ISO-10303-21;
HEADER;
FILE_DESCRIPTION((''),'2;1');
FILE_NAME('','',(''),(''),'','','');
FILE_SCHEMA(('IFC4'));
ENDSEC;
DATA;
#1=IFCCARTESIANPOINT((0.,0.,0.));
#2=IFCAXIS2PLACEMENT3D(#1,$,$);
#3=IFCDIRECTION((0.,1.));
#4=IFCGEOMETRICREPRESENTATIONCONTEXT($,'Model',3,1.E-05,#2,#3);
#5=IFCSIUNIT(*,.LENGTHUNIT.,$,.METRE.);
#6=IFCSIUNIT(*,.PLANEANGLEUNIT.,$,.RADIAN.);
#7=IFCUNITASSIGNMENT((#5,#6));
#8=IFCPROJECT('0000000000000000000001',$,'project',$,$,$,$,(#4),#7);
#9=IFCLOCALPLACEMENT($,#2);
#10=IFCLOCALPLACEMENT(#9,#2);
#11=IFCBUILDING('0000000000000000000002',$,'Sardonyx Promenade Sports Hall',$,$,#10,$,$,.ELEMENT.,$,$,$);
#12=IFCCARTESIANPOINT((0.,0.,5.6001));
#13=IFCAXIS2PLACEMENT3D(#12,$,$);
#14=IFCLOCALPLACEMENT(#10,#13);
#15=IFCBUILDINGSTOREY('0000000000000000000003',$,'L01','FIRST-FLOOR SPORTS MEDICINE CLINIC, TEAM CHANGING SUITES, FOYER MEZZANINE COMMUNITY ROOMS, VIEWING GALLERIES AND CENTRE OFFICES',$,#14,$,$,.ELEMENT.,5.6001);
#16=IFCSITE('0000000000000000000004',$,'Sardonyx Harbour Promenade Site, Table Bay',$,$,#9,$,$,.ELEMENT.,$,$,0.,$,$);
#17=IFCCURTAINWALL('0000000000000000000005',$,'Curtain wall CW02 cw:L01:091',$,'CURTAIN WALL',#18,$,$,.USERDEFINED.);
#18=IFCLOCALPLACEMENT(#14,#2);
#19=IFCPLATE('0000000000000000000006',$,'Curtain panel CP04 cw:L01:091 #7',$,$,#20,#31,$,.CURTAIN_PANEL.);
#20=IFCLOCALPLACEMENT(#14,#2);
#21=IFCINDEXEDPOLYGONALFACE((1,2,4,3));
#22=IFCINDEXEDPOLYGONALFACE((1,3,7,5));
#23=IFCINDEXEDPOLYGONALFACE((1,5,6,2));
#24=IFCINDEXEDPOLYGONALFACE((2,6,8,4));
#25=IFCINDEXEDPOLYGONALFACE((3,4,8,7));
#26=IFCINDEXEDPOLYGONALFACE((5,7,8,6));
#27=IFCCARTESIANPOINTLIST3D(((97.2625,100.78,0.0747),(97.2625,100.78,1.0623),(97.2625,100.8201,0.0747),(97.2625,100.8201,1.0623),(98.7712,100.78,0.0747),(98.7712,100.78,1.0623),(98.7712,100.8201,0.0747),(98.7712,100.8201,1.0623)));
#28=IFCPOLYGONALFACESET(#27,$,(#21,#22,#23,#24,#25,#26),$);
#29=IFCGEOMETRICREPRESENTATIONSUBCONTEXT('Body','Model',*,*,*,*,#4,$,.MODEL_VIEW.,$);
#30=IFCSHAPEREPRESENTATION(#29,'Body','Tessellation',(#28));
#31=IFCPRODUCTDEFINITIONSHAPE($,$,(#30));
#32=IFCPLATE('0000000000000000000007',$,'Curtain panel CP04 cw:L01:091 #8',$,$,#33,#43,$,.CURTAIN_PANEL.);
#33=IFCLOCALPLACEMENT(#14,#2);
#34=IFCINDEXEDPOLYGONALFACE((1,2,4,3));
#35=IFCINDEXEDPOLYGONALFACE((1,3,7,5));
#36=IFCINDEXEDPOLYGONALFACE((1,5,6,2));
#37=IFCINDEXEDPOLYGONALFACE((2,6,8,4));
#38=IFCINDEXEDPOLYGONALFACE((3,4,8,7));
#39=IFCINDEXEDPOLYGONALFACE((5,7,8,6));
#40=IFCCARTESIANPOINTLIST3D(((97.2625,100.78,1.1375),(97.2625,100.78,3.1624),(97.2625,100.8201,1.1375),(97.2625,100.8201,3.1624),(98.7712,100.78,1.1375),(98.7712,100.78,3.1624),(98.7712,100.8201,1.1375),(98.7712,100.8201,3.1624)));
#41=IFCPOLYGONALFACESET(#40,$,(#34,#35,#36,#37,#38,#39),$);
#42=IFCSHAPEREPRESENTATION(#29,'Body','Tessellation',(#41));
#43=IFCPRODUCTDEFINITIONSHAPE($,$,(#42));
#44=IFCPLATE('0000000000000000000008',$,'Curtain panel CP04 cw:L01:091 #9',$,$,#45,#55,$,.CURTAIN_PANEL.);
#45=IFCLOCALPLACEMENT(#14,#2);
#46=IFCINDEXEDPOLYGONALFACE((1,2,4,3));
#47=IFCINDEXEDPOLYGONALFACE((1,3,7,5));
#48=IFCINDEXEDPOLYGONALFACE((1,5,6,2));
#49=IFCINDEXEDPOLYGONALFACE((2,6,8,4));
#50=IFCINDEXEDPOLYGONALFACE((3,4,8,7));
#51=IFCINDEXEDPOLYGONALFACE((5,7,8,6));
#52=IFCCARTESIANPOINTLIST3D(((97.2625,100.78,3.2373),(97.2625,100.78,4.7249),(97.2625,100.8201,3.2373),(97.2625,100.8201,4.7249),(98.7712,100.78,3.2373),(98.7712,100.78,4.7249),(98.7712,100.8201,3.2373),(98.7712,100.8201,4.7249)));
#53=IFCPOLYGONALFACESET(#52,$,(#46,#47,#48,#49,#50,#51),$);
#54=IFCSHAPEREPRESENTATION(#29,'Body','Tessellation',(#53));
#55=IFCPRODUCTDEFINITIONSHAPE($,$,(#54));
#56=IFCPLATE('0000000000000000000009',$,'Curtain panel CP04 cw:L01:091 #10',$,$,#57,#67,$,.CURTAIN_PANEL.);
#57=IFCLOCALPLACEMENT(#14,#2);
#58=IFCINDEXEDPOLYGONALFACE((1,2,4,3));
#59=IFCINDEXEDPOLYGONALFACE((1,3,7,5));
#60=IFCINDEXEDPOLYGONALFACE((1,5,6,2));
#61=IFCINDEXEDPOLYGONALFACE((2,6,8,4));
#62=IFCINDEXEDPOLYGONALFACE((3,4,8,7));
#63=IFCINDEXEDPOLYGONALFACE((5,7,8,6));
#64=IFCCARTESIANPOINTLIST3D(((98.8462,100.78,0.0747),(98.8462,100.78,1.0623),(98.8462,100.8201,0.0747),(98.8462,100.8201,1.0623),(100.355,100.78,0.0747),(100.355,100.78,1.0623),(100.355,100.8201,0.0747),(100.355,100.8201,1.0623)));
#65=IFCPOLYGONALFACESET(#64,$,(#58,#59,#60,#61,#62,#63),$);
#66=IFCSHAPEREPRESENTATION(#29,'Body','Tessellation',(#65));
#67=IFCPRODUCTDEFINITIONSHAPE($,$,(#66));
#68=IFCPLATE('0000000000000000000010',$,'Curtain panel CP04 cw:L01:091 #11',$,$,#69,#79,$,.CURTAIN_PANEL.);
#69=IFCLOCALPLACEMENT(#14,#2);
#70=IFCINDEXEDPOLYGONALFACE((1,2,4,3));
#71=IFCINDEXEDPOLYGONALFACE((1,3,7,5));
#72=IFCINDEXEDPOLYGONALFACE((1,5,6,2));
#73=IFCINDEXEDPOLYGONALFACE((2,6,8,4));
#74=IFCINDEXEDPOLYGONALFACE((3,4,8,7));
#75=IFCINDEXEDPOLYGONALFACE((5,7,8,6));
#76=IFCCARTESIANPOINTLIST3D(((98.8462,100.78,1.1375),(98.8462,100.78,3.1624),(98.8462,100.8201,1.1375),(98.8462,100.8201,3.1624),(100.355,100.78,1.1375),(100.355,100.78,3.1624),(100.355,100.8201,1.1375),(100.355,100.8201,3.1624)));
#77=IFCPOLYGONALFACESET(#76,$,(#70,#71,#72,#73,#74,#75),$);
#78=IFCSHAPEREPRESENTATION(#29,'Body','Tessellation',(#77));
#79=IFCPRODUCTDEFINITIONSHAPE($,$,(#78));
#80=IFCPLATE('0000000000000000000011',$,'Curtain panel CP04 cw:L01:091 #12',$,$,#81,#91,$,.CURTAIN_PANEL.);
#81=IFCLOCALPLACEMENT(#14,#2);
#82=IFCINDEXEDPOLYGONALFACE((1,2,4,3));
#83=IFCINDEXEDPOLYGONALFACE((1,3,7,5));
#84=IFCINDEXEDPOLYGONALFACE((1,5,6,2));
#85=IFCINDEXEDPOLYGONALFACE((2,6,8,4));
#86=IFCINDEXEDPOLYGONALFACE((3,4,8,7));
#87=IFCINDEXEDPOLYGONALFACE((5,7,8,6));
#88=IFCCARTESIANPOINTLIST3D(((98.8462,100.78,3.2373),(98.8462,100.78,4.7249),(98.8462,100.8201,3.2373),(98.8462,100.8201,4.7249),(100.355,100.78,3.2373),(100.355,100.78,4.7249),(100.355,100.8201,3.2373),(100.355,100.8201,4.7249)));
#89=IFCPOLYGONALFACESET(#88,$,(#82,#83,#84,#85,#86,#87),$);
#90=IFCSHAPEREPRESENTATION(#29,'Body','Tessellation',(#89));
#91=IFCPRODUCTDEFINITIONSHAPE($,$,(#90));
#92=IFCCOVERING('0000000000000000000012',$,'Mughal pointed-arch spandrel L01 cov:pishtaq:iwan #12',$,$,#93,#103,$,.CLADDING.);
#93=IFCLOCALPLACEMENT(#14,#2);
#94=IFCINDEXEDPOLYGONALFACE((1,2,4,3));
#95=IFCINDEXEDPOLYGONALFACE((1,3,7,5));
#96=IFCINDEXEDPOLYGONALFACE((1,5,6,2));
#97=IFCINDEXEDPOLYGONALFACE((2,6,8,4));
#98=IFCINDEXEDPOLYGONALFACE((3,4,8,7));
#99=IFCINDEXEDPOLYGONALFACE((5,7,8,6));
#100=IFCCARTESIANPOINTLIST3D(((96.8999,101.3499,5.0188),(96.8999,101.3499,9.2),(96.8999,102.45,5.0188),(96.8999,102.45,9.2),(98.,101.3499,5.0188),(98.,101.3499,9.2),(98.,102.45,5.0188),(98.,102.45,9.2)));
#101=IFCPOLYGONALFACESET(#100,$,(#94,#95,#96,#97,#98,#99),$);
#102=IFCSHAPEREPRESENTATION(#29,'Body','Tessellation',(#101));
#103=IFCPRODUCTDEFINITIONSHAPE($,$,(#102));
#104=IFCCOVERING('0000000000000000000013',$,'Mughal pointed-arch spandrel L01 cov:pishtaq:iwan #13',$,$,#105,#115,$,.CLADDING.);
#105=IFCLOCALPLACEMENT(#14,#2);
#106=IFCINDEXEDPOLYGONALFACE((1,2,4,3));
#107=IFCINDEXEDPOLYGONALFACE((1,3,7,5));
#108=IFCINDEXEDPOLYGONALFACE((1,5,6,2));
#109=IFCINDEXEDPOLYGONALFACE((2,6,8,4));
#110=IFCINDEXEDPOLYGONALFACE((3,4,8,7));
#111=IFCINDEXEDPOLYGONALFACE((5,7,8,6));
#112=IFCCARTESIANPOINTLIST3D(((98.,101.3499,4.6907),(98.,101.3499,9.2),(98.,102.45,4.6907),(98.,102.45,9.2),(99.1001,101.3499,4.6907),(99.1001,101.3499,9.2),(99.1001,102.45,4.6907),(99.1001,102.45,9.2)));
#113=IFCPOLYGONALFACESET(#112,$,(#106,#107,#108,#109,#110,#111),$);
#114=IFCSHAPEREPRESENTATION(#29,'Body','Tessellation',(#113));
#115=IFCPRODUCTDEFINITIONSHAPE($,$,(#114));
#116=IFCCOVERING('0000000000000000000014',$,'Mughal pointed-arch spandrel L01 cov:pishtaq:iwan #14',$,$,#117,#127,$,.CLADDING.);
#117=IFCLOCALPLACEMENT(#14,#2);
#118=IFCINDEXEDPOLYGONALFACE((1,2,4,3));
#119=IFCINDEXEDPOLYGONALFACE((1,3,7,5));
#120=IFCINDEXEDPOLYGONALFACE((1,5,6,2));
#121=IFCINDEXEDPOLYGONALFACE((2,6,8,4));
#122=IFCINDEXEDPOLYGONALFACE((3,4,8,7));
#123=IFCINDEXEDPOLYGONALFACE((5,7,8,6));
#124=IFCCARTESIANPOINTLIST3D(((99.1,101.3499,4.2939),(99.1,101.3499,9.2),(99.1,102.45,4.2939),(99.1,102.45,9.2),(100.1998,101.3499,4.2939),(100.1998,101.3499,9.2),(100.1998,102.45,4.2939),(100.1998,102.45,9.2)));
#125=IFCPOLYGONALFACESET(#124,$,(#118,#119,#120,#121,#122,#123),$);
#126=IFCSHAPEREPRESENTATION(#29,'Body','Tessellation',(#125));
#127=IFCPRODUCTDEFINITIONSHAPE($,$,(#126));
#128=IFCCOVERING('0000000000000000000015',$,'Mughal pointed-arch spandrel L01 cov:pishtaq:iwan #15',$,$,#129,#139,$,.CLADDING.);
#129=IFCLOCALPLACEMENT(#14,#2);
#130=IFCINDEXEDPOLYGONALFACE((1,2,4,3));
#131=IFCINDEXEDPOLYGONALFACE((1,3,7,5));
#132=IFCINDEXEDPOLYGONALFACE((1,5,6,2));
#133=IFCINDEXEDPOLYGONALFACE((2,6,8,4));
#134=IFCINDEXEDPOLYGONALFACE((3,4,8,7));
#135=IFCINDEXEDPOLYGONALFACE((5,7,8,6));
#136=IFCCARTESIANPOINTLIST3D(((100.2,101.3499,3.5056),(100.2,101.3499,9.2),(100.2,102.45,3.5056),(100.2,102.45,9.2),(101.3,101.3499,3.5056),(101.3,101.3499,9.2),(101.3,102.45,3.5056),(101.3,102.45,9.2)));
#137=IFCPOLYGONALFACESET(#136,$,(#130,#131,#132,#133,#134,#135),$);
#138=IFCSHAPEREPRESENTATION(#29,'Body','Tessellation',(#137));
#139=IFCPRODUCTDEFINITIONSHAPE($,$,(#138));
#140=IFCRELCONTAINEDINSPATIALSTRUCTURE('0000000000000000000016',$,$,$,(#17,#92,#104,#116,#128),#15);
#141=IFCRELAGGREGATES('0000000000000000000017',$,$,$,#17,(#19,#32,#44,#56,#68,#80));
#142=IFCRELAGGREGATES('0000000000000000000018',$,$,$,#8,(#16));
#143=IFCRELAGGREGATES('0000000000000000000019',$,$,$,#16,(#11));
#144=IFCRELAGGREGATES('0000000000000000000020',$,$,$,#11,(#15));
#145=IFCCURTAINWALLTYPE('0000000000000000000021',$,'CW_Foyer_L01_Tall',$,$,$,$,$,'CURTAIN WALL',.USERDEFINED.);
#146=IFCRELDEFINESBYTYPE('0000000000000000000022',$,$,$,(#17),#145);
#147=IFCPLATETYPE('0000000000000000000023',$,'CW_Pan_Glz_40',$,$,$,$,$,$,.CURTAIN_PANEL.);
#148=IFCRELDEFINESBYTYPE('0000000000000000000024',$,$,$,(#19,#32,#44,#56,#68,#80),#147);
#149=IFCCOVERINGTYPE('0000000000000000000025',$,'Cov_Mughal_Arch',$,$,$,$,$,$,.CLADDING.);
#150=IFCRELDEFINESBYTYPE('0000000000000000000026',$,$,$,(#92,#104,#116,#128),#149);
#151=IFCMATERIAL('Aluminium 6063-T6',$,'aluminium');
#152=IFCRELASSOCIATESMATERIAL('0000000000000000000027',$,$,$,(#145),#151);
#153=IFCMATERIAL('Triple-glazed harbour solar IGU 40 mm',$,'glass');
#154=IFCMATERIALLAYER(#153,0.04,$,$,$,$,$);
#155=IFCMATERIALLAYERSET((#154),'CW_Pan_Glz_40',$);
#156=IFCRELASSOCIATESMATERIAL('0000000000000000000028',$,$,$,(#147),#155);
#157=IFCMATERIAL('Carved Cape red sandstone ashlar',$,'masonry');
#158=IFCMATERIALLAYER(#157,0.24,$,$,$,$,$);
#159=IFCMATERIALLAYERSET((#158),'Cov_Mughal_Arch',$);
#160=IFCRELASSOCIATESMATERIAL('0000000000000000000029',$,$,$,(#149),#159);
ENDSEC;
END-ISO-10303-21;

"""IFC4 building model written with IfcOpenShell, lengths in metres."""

from ifc_helpers import new_model, si_unit, direction, frame, frame_2d, origin, origin_2d, place, context, subcontext, project, spatial, rectangle, extrude, material, layer, layer_set, type_object, element, aggregate, save


model = new_model("IFC4")

# Units and contexts
model_context = context("Model", 3, precision=1e-05, world=origin(), true_north=direction((0.0, 1.0)))
body_context = subcontext(model_context, "Body", "Model", "MODEL_VIEW")
ifc_project = project(units=[si_unit("LENGTHUNIT", "METRE"), si_unit("PLANEANGLEUNIT", "RADIAN")], contexts=[model_context])

# Site, building, storey
site_placement = place(None, origin())
site = spatial("IfcSite", under=ifc_project, at=site_placement, Name="Sardonyx Harbour Promenade Site, Table Bay", CompositionType="ELEMENT", RefElevation=0.0)
building_placement = place(site_placement, origin())
building = spatial("IfcBuilding", under=site, at=building_placement, Name="Sardonyx Promenade Sports Hall", CompositionType="ELEMENT")
storey_placement = place(building_placement, frame((0.0, 0.0, 5.6001)))
storey = spatial("IfcBuildingStorey", under=building, at=storey_placement, Name="L01", Description="FIRST-FLOOR SPORTS MEDICINE CLINIC, TEAM CHANGING SUITES, FOYER MEZZANINE COMMUNITY ROOMS, VIEWING GALLERIES AND CENTRE OFFICES", CompositionType="ELEMENT", Elevation=5.6001)

# Curtain wall, plates
ifc_material_1 = material(Name="Aluminium 6063-T6", Category="aluminium")
curtain_wall_type = type_object("IfcCurtainWallType", Name="CW_Foyer_L01_Tall", ElementType="CURTAIN WALL", PredefinedType="USERDEFINED", material=ifc_material_1)
curtain_wall_placement = place(storey_placement, origin())
curtain_wall = element("IfcCurtainWall", 1, at=curtain_wall_placement, inside=storey, type_object=curtain_wall_type, Name="Curtain wall CW02 cw:L01:091", ObjectType="CURTAIN WALL", PredefinedType="USERDEFINED")
ifc_material_2 = material(Name="Triple-glazed harbour solar IGU 40 mm", Category="glass")
ifc_layer_1 = layer(ifc_material_2, 0.04)
ifc_layer_set_1 = layer_set([ifc_layer_1], Name="CW_Pan_Glz_40")
plate_type = type_object("IfcPlateType", Name="CW_Pan_Glz_40", PredefinedType="CURTAIN_PANEL", material=ifc_layer_set_1)
plate_1_placement = place(storey_placement, frame((98.0168, 100.8, 0.0747), z_axis=(0.0, 0.0, 1.0), x_axis=(1.0, 0.0, 0.0)))
plate_1 = element("IfcPlate", 2, at=plate_1_placement, type_object=plate_type, Name="Curtain panel CP04 cw:L01:091 #7", PredefinedType="CURTAIN_PANEL", context=body_context, shape_type="SweptSolid", body=[
    extrude(rectangle(XDim=1.5088, YDim=0.04, at=origin_2d()), origin(), (0.0, 0.0, 1.0), 0.9875),
])
plate_2_placement = place(storey_placement, frame((98.0168, 100.8, 1.1375), z_axis=(0.0, 0.0, 1.0), x_axis=(1.0, 0.0, 0.0)))
plate_2 = element("IfcPlate", 3, at=plate_2_placement, type_object=plate_type, Name="Curtain panel CP04 cw:L01:091 #8", PredefinedType="CURTAIN_PANEL", context=body_context, shape_type="SweptSolid", body=[
    extrude(rectangle(XDim=1.5088, YDim=0.04, at=origin_2d()), origin(), (0.0, 0.0, 1.0), 2.0249),
])
plate_3_placement = place(storey_placement, frame((98.0168, 100.8, 3.2373), z_axis=(0.0, 0.0, 1.0), x_axis=(1.0, 0.0, 0.0)))
plate_3 = element("IfcPlate", 4, at=plate_3_placement, type_object=plate_type, Name="Curtain panel CP04 cw:L01:091 #9", PredefinedType="CURTAIN_PANEL", context=body_context, shape_type="SweptSolid", body=[
    extrude(rectangle(XDim=1.5088, YDim=0.04, at=origin_2d()), origin(), (0.0, 0.0, 1.0), 1.4875),
])
plate_4_placement = place(storey_placement, frame((99.6006, 100.8, 0.0747), z_axis=(0.0, 0.0, 1.0), x_axis=(1.0, 0.0, 0.0)))
plate_4 = element("IfcPlate", 5, at=plate_4_placement, type_object=plate_type, Name="Curtain panel CP04 cw:L01:091 #10", PredefinedType="CURTAIN_PANEL", context=body_context, shape_type="SweptSolid", body=[
    extrude(rectangle(XDim=1.5088, YDim=0.04, at=origin_2d()), origin(), (0.0, 0.0, 1.0), 0.9875),
])
plate_5_placement = place(storey_placement, frame((99.6006, 100.8, 1.1375), z_axis=(0.0, 0.0, 1.0), x_axis=(1.0, 0.0, 0.0)))
plate_5 = element("IfcPlate", 6, at=plate_5_placement, type_object=plate_type, Name="Curtain panel CP04 cw:L01:091 #11", PredefinedType="CURTAIN_PANEL", context=body_context, shape_type="SweptSolid", body=[
    extrude(rectangle(XDim=1.5088, YDim=0.04, at=origin_2d()), origin(), (0.0, 0.0, 1.0), 2.0249),
])
plate_6_placement = place(storey_placement, frame((99.6006, 100.8, 3.2373), z_axis=(0.0, 0.0, 1.0), x_axis=(1.0, 0.0, 0.0)))
plate_6 = element("IfcPlate", 7, at=plate_6_placement, type_object=plate_type, Name="Curtain panel CP04 cw:L01:091 #12", PredefinedType="CURTAIN_PANEL", context=body_context, shape_type="SweptSolid", body=[
    extrude(rectangle(XDim=1.5088, YDim=0.04, at=origin_2d()), origin(), (0.0, 0.0, 1.0), 1.4875),
])
aggregate(curtain_wall, [plate_1, plate_2, plate_3, plate_4, plate_5, plate_6])

# Coverings
ifc_material_3 = material(Name="Carved Cape red sandstone ashlar", Category="masonry")
ifc_layer_2 = layer(ifc_material_3, 0.24)
ifc_layer_set_2 = layer_set([ifc_layer_2], Name="Cov_Mughal_Arch")
covering_type = type_object("IfcCoveringType", Name="Cov_Mughal_Arch", PredefinedType="CLADDING", material=ifc_layer_set_2)
covering_1_placement = place(storey_placement, frame((96.8999, 101.8999, 5.0188), z_axis=(0.0, 0.0, 1.0), x_axis=(1.0, 0.0, 0.0)))
element("IfcCovering", 8, at=covering_1_placement, inside=storey, type_object=covering_type, Name="Mughal pointed-arch spandrel L01 cov:pishtaq:iwan #12", PredefinedType="CLADDING", context=body_context, shape_type="SweptSolid", body=[
    extrude(rectangle(XDim=1.1001, YDim=1.1001, at=frame_2d((0.55, 0.0))), origin(), (0.0, 0.0, 1.0), 4.1812),
])
covering_2_placement = place(storey_placement, frame((98.0, 101.8999, 4.6907), z_axis=(0.0, 0.0, 1.0), x_axis=(1.0, 0.0, 0.0)))
element("IfcCovering", 9, at=covering_2_placement, inside=storey, type_object=covering_type, Name="Mughal pointed-arch spandrel L01 cov:pishtaq:iwan #13", PredefinedType="CLADDING", context=body_context, shape_type="SweptSolid", body=[
    extrude(rectangle(XDim=1.1001, YDim=1.1001, at=frame_2d((0.55, 0.0))), origin(), (0.0, 0.0, 1.0), 4.5093),
])
covering_3_placement = place(storey_placement, frame((99.1001, 101.8999, 4.2939), z_axis=(0.0, 0.0, 1.0), x_axis=(1.0, 0.0, 0.0)))
element("IfcCovering", 10, at=covering_3_placement, inside=storey, type_object=covering_type, Name="Mughal pointed-arch spandrel L01 cov:pishtaq:iwan #14", PredefinedType="CLADDING", context=body_context, shape_type="SweptSolid", body=[
    extrude(rectangle(XDim=1.0999, YDim=1.1001, at=frame_2d((0.5498, 0.0))), origin(), (0.0, 0.0, 1.0), 4.906),
])
covering_4_placement = place(storey_placement, frame((100.2, 101.8999, 3.5056), z_axis=(0.0, 0.0, 1.0), x_axis=(1.0, 0.0, 0.0)))
element("IfcCovering", 11, at=covering_4_placement, inside=storey, type_object=covering_type, Name="Mughal pointed-arch spandrel L01 cov:pishtaq:iwan #15", PredefinedType="CLADDING", context=body_context, shape_type="SweptSolid", body=[
    extrude(rectangle(XDim=1.1001, YDim=1.1001, at=frame_2d((0.55, 0.0))), origin(), (0.0, 0.0, 1.0), 5.6943),
])

save(model, "model.ifc")
